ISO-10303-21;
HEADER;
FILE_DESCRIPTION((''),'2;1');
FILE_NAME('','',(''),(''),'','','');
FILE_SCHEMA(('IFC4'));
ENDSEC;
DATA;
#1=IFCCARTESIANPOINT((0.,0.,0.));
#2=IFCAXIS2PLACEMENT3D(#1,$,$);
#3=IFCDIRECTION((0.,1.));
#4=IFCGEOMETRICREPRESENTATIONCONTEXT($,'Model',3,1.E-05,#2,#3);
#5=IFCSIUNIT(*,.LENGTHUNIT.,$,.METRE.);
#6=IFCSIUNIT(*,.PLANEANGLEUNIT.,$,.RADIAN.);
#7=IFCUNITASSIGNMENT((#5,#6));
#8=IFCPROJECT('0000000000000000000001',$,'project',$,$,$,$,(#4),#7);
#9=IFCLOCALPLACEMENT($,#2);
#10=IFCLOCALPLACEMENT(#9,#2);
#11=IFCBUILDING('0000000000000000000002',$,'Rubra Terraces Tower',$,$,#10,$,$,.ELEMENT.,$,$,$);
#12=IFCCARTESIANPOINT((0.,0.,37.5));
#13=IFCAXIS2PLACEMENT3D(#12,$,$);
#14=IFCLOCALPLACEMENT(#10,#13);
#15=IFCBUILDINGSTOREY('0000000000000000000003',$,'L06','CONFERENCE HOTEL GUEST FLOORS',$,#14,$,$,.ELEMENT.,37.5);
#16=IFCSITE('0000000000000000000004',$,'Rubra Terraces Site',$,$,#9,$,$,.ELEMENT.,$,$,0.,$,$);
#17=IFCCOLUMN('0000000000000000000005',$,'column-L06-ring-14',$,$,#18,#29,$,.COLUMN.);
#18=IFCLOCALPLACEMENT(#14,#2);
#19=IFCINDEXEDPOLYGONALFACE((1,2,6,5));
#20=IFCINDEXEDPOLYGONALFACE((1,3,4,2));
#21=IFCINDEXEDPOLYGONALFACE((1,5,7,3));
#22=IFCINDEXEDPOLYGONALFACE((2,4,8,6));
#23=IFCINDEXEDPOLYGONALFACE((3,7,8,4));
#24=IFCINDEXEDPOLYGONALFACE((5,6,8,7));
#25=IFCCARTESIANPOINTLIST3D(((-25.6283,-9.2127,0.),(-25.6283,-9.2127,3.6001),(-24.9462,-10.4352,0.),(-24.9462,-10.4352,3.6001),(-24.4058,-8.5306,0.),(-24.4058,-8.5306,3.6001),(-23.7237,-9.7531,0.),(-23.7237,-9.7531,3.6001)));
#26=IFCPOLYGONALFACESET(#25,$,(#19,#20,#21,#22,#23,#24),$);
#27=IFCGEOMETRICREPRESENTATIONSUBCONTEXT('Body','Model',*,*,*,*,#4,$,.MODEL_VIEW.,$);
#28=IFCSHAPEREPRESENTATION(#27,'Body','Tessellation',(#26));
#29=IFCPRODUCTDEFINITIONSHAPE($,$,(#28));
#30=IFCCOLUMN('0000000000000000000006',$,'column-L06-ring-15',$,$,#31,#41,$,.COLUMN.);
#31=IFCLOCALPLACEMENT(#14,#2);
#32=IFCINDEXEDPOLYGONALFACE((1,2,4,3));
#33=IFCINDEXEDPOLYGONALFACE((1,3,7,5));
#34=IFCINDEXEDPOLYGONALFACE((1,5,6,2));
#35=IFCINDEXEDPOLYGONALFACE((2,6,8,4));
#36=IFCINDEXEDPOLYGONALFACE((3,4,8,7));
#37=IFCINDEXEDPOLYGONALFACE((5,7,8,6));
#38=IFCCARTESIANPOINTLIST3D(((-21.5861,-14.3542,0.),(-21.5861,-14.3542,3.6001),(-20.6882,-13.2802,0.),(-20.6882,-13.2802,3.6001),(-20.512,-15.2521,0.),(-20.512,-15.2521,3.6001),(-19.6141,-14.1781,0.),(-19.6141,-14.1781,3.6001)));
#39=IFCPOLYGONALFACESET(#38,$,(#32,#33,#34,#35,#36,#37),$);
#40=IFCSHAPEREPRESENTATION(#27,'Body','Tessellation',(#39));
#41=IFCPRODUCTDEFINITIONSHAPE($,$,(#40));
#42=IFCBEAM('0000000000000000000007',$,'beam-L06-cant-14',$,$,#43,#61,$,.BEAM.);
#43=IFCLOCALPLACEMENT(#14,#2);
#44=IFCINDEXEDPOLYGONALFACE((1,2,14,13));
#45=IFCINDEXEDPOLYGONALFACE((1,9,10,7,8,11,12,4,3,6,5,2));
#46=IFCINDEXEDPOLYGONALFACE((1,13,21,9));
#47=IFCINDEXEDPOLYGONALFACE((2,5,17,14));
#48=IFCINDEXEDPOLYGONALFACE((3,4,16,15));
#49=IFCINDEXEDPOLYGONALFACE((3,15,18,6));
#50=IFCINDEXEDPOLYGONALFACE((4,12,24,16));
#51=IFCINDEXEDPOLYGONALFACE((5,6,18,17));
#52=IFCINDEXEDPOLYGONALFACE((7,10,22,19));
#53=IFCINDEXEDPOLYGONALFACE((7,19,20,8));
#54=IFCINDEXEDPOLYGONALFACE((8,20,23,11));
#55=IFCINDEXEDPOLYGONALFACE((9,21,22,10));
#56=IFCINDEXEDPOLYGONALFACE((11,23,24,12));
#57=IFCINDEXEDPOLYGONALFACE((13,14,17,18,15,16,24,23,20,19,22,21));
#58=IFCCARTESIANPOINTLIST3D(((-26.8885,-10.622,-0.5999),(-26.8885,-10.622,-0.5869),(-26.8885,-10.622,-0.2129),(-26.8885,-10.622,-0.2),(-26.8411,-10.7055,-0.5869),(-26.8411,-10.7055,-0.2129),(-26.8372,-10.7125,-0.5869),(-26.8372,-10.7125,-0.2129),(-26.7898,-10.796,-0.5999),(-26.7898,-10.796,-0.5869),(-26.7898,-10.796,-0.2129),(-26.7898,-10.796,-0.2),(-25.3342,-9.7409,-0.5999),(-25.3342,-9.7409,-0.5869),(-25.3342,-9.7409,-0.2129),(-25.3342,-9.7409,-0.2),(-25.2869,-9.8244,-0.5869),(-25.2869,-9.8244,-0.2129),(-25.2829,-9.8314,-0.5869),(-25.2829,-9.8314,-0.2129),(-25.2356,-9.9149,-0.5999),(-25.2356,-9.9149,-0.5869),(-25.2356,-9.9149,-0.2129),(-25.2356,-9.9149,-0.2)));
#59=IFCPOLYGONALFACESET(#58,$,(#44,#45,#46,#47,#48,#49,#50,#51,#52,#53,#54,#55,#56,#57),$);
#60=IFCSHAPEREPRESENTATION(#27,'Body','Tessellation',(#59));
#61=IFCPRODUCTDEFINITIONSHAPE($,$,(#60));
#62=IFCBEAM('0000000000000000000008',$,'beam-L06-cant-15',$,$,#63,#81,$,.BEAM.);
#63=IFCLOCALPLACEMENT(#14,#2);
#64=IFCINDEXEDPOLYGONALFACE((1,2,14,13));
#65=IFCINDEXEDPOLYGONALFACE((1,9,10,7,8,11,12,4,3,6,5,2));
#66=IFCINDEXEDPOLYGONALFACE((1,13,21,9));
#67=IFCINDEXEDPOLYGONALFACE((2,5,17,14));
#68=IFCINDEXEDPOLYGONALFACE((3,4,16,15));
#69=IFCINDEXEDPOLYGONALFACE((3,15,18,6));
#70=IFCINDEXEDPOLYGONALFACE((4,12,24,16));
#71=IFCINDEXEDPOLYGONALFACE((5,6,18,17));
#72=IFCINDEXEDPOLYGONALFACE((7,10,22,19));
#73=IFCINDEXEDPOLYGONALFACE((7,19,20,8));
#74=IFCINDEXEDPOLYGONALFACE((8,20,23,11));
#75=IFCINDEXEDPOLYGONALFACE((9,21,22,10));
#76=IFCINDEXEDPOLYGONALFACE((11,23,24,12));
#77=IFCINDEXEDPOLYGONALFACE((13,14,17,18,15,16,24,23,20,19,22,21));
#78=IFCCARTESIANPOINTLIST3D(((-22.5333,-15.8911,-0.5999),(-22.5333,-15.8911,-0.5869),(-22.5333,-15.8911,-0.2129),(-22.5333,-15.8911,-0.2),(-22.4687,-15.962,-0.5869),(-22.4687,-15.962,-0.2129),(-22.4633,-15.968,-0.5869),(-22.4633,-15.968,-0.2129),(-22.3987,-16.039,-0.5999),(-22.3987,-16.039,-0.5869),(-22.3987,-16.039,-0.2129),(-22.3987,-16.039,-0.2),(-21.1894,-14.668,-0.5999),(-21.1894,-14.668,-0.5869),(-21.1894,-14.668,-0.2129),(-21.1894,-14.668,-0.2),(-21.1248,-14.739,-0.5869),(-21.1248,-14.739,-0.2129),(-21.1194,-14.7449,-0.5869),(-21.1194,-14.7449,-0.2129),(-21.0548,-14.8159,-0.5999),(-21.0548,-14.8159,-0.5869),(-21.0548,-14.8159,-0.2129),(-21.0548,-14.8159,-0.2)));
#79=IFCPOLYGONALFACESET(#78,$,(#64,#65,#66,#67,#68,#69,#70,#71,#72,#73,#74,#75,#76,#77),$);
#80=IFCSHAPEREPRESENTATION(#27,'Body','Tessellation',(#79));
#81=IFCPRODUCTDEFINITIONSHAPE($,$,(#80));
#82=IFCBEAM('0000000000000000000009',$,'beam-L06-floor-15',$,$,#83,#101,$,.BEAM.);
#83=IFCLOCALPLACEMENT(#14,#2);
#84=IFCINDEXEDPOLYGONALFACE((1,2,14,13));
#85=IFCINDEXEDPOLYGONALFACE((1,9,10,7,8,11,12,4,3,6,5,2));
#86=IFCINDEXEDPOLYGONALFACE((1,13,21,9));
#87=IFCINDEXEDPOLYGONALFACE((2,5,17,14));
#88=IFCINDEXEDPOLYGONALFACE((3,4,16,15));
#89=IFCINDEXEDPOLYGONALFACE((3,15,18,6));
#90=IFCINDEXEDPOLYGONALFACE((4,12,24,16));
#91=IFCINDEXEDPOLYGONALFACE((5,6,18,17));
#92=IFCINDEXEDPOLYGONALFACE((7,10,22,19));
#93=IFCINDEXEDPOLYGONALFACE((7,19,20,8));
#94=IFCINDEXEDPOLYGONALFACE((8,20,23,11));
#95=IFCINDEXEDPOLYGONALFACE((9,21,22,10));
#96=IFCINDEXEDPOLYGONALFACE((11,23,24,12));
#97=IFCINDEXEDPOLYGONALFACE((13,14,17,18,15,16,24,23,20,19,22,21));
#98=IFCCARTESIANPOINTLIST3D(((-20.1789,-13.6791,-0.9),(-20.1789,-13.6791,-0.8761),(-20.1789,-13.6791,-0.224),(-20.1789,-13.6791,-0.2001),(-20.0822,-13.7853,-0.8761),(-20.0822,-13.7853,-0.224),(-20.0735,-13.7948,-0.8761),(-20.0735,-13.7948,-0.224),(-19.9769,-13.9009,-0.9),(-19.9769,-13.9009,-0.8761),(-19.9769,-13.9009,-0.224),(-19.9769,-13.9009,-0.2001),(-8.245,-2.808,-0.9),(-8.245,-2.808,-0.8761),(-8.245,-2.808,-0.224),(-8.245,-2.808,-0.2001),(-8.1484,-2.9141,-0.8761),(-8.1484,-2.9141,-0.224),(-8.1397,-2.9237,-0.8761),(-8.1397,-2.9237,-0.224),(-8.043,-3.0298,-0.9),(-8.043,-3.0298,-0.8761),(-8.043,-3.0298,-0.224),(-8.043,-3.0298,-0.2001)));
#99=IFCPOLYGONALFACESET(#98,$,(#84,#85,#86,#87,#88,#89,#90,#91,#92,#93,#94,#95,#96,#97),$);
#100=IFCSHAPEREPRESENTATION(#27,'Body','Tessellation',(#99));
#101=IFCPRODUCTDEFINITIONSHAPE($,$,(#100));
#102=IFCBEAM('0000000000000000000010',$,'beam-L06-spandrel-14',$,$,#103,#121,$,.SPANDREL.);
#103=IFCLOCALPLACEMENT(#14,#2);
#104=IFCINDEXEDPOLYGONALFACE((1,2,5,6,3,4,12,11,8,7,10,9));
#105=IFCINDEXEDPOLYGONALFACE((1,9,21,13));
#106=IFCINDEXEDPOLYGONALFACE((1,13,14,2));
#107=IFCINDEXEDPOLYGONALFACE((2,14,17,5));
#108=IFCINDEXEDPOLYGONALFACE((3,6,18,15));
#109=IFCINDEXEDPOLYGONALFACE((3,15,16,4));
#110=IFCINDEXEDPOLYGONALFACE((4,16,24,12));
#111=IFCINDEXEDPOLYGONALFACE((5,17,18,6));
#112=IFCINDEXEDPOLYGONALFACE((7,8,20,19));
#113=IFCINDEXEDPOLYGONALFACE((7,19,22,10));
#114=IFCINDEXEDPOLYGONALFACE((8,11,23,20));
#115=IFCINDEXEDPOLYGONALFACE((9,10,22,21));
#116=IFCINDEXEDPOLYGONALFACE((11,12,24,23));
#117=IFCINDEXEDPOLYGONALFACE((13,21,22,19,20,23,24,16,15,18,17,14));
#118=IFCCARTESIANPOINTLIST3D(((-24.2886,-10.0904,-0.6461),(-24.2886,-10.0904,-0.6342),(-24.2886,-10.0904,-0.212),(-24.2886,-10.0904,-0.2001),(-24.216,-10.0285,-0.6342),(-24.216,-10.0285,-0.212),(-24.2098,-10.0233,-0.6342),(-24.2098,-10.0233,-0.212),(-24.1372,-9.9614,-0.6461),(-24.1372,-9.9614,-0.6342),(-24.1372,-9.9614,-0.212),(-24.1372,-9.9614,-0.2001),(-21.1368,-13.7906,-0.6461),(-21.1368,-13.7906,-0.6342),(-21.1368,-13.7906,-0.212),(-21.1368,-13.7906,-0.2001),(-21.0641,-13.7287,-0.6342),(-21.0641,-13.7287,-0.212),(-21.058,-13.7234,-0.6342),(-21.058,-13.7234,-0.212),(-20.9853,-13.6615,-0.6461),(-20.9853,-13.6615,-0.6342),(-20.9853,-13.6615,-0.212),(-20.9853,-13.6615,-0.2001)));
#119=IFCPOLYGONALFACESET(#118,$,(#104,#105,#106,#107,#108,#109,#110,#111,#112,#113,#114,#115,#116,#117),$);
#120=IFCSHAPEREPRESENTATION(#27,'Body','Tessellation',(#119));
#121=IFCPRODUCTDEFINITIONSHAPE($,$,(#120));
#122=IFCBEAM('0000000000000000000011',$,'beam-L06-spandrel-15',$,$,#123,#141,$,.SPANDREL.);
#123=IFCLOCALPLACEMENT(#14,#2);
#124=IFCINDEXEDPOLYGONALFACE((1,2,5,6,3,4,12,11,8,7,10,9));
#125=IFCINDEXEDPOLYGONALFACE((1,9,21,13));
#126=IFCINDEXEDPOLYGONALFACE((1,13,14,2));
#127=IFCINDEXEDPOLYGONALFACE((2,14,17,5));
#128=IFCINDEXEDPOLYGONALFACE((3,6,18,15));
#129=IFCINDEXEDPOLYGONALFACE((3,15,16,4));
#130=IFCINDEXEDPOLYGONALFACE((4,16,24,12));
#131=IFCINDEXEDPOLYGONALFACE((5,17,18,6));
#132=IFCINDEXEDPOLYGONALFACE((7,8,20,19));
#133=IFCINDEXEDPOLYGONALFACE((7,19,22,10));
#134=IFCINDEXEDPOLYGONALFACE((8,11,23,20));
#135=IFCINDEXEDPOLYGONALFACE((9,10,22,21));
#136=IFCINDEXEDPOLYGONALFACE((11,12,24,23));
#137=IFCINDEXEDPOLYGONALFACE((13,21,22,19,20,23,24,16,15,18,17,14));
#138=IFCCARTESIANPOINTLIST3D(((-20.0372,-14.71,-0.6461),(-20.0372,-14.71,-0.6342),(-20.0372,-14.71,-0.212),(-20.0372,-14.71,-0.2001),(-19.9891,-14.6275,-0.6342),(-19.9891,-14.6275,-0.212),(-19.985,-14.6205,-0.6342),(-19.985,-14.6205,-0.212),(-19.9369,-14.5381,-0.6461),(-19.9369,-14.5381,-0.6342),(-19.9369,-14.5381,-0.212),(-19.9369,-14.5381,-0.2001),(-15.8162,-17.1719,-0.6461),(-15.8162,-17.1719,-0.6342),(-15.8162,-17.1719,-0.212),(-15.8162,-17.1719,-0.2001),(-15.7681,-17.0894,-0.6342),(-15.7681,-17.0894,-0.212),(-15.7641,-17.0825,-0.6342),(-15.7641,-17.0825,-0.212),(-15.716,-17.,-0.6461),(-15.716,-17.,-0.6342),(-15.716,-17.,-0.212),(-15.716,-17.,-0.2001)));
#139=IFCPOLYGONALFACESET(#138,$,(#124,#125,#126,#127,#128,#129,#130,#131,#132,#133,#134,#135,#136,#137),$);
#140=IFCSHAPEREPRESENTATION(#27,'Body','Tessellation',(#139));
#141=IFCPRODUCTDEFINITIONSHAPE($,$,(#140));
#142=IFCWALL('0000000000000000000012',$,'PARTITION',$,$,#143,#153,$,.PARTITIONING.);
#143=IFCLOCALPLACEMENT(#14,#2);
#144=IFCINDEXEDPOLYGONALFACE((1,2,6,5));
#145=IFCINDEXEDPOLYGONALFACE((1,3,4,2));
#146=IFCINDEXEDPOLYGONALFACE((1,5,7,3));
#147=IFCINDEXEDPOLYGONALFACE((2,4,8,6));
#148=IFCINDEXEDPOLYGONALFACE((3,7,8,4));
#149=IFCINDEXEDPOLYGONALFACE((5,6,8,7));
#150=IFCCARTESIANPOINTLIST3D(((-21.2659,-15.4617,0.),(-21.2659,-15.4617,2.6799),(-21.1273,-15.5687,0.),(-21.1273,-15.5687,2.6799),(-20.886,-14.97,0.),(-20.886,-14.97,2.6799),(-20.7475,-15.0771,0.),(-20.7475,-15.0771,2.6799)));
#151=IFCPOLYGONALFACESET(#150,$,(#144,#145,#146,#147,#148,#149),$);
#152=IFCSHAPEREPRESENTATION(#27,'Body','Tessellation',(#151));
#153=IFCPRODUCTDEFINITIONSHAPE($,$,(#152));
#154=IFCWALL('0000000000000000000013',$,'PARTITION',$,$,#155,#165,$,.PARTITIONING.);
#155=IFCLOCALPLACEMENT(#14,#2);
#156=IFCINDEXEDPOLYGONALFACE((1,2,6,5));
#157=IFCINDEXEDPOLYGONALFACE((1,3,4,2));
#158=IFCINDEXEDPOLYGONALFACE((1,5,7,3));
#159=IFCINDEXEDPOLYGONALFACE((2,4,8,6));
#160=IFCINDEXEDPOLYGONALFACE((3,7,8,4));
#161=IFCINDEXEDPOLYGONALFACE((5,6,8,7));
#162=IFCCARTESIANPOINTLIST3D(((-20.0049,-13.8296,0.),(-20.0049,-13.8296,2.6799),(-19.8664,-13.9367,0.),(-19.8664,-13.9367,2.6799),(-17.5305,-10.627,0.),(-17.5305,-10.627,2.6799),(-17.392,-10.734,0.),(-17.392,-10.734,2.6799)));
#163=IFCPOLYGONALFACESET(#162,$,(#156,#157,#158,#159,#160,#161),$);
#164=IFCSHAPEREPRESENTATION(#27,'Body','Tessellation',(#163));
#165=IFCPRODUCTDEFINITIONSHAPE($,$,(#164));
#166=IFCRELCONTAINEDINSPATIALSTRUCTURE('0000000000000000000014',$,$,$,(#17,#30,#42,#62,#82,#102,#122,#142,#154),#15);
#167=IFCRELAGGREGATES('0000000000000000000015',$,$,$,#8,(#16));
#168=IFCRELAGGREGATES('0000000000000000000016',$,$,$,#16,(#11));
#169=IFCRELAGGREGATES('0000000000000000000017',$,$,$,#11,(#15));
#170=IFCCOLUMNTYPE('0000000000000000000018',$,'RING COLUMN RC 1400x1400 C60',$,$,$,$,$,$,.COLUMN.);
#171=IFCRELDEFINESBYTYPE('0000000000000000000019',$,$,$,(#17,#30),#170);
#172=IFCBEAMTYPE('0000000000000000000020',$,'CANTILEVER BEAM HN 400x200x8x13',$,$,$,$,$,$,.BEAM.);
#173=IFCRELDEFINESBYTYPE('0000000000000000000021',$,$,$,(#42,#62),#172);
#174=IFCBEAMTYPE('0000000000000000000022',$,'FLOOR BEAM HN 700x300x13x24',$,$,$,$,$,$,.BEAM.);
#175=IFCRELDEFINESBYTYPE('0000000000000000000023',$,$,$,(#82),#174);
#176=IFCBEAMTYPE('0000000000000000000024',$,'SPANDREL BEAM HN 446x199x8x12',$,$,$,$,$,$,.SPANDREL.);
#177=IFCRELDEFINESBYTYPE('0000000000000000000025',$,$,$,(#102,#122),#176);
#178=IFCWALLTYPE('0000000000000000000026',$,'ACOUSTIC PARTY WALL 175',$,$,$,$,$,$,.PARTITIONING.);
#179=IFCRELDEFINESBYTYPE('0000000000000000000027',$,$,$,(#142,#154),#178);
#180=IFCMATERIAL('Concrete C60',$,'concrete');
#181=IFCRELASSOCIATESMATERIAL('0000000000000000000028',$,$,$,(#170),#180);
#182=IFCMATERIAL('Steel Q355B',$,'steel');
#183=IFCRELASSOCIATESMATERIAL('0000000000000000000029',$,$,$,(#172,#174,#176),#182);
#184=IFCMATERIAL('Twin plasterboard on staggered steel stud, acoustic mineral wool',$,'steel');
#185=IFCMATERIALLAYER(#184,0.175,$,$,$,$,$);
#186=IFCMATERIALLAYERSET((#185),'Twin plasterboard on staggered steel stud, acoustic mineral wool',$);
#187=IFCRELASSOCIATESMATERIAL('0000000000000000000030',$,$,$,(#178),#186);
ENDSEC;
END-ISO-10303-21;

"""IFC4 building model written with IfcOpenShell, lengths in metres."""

from ifc_helpers import new_model, si_unit, direction, frame, frame_2d, origin, origin_2d, place, context, subcontext, project, spatial, rectangle, i_section, extrude, material, layer, layer_set, material_profile, profile_set, type_object, element, save


model = new_model("IFC4")

# Units and contexts
model_context = context("Model", 3, precision=1e-05, world=origin(), true_north=direction((0.0, 1.0)))
body_context = subcontext(model_context, "Body", "Model", "MODEL_VIEW")
ifc_project = project(units=[si_unit("LENGTHUNIT", "METRE"), si_unit("PLANEANGLEUNIT", "RADIAN")], contexts=[model_context])

# Site, building, storey
site_placement = place(None, origin())
site = spatial("IfcSite", under=ifc_project, at=site_placement, Name="Rubra Terraces Site", CompositionType="ELEMENT", RefElevation=0.0)
building_placement = place(site_placement, origin())
building = spatial("IfcBuilding", under=site, at=building_placement, Name="Rubra Terraces Tower", CompositionType="ELEMENT")
storey_placement = place(building_placement, frame((0.0, 0.0, 37.5)))
storey = spatial("IfcBuildingStorey", under=building, at=storey_placement, Name="L06", Description="CONFERENCE HOTEL GUEST FLOORS", CompositionType="ELEMENT", Elevation=37.5)

# Columns
ifc_material_1 = material(Name="Concrete C60", Category="concrete")
ifc_material_profile_1 = material_profile(ifc_material_1, rectangle(XDim=1.3999, YDim=1.3999, at=origin_2d()), Name="RC 1400x1400")
ifc_profile_set_1 = profile_set([ifc_material_profile_1], Name="Concrete C60")
column_type = type_object("IfcColumnType", Name="RING COLUMN RC 1400x1400 C60", PredefinedType="COLUMN", material=ifc_profile_set_1)
for number, where, z_axis, x_axis, name in (
    (1, (-24.676, -9.4829, 0.0), (0.0, 0.0, 1.0), (0.487227, -0.873276, 0.0), "column-L06-ring-14"),
    (2, (-20.6001, -14.2661, 0.0), (0.0, 0.0, 1.0), (0.76721, -0.641397, 0.0), "column-L06-ring-15"),
):
    element("IfcColumn", number, at=place(storey_placement, frame(where, z_axis=z_axis, x_axis=x_axis)), inside=storey, type_object=column_type, Name=name, PredefinedType="COLUMN", context=body_context, shape_type="SweptSolid", body=[
        extrude(rectangle(XDim=1.3999, YDim=1.3999, at=origin_2d()), origin(), (0.0, 0.0, 1.0), 3.6001),
    ])

# Beams
ifc_material_2 = material(Name="Steel Q355B", Category="steel")
ifc_material_profile_2 = material_profile(ifc_material_2, i_section(OverallWidth=0.2, OverallDepth=0.3999, WebThickness=0.0081, FlangeThickness=0.0129, at=origin_2d()), Name="HN 400x200x8x13")
ifc_profile_set_2 = profile_set([ifc_material_profile_2], Name="Steel Q355B")
beam_type_1 = type_object("IfcBeamType", Name="CANTILEVER BEAM HN 400x200x8x13", PredefinedType="BEAM", material=ifc_profile_set_2)
beam_1_placement = place(storey_placement, frame((-25.2849, -9.8279, -0.3999), z_axis=(-0.869928, -0.493178, 0.0), x_axis=(0.493178, -0.869928, 0.0)))
element("IfcBeam", 3, at=beam_1_placement, inside=storey, type_object=beam_type_1, Name="beam-L06-cant-14", PredefinedType="BEAM", context=body_context, shape_type="SweptSolid", body=[
    extrude(i_section(OverallWidth=0.2, OverallDepth=0.3999, WebThickness=0.0081, FlangeThickness=0.0129, at=origin_2d()), origin(), (0.0, 0.0, 1.0), 1.7866),
])
beam_2_placement = place(storey_placement, frame((-21.1221, -14.7419, -0.3999), z_axis=(-0.739575, -0.673074, 0.0), x_axis=(0.673074, -0.739575, 0.0)))
element("IfcBeam", 4, at=beam_2_placement, inside=storey, type_object=beam_type_1, Name="beam-L06-cant-15", PredefinedType="BEAM", context=body_context, shape_type="SweptSolid", body=[
    extrude(i_section(OverallWidth=0.2, OverallDepth=0.3999, WebThickness=0.0081, FlangeThickness=0.0129, at=origin_2d()), origin(), (0.0, 0.0, 1.0), 1.8171),
])
ifc_material_profile_3 = material_profile(ifc_material_2, i_section(OverallWidth=0.3, OverallDepth=0.7, WebThickness=0.0129, FlangeThickness=0.0239, at=origin_2d()), Name="HN 700x300x13x24")
ifc_profile_set_3 = profile_set([ifc_material_profile_3], Name="Steel Q355B")
beam_type_2 = type_object("IfcBeamType", Name="FLOOR BEAM HN 700x300x13x24", PredefinedType="BEAM", material=ifc_profile_set_3)
beam_3_placement = place(storey_placement, frame((-20.0779, -13.79, -0.55), z_axis=(0.739257, 0.673424, 0.0), x_axis=(-0.673424, 0.739257, 0.0)))
element("IfcBeam", 5, at=beam_3_placement, inside=storey, type_object=beam_type_2, Name="beam-L06-floor-15", PredefinedType="BEAM", context=body_context, shape_type="SweptSolid", body=[
    extrude(i_section(OverallWidth=0.3, OverallDepth=0.7, WebThickness=0.0129, FlangeThickness=0.0239, at=origin_2d()), origin(), (0.0, 0.0, 1.0), 16.1431),
])
ifc_material_profile_4 = material_profile(ifc_material_2, i_section(OverallWidth=0.199, OverallDepth=0.446, WebThickness=0.0081, FlangeThickness=0.012, at=origin_2d()), Name="HN 446x199x8x12")
ifc_profile_set_4 = profile_set([ifc_material_profile_4], Name="Steel Q355B")
beam_type_3 = type_object("IfcBeamType", Name="SPANDREL BEAM HN 446x199x8x12", PredefinedType="SPANDREL", material=ifc_profile_set_4)
beam_4_placement = place(storey_placement, frame((-24.2129, -10.0259, -0.4231), z_axis=(0.648447, -0.76126, 0.0), x_axis=(0.76126, 0.648447, 0.0)))
element("IfcBeam", 6, at=beam_4_placement, inside=storey, type_object=beam_type_3, Name="beam-L06-spandrel-14", PredefinedType="SPANDREL", context=body_context, shape_type="SweptSolid", body=[
    extrude(i_section(OverallWidth=0.199, OverallDepth=0.446, WebThickness=0.0081, FlangeThickness=0.012, at=origin_2d()), origin(), (0.0, 0.0, 1.0), 4.8606),
])
beam_5_placement = place(storey_placement, frame((-19.9871, -14.624, -0.4231), z_axis=(0.863806, -0.503824, 0.0), x_axis=(0.503824, 0.863806, 0.0)))
element("IfcBeam", 7, at=beam_5_placement, inside=storey, type_object=beam_type_3, Name="beam-L06-spandrel-15", PredefinedType="SPANDREL", context=body_context, shape_type="SweptSolid", body=[
    extrude(i_section(OverallWidth=0.199, OverallDepth=0.446, WebThickness=0.0081, FlangeThickness=0.012, at=origin_2d()), origin(), (0.0, 0.0, 1.0), 4.8865),
])

# Walls
ifc_material_3 = material(Name="Twin plasterboard on staggered steel stud, acoustic mineral wool", Category="steel")
ifc_layer_1 = layer(ifc_material_3, 0.175)
ifc_layer_set_1 = layer_set([ifc_layer_1], Name="Twin plasterboard on staggered steel stud, acoustic mineral wool")
wall_type_1 = type_object("IfcWallType", Name="ACOUSTIC PARTY WALL 175", PredefinedType="PARTITIONING", material=ifc_layer_set_1)
wall_1_placement = place(storey_placement, frame((-21.1965, -15.5151, 0.0), z_axis=(0.0, 0.0, 1.0), x_axis=(0.61138, 0.791337, 0.0)))
element("IfcWall", 8, at=wall_1_placement, inside=storey, type_object=wall_type_1, Name="PARTITION", PredefinedType="PARTITIONING", context=body_context, shape_type="SweptSolid", body=[
    extrude(rectangle(XDim=0.6213, YDim=0.175, at=frame_2d((0.3105, 0.0))), origin(), (0.0, 0.0, 1.0), 2.6799),
])
wall_2_placement = place(storey_placement, frame((-19.9355, -13.8831, 0.0), z_axis=(0.0, 0.0, 1.0), x_axis=(0.611386, 0.791333, 0.0)))
element("IfcWall", 9, at=wall_2_placement, inside=storey, type_object=wall_type_1, Name="PARTITION", PredefinedType="PARTITIONING", context=body_context, shape_type="SweptSolid", body=[
    extrude(rectangle(XDim=4.0471, YDim=0.175, at=frame_2d((2.0234, 0.0))), origin(), (0.0, 0.0, 1.0), 2.6799),
])

save(model, "model.ifc")
